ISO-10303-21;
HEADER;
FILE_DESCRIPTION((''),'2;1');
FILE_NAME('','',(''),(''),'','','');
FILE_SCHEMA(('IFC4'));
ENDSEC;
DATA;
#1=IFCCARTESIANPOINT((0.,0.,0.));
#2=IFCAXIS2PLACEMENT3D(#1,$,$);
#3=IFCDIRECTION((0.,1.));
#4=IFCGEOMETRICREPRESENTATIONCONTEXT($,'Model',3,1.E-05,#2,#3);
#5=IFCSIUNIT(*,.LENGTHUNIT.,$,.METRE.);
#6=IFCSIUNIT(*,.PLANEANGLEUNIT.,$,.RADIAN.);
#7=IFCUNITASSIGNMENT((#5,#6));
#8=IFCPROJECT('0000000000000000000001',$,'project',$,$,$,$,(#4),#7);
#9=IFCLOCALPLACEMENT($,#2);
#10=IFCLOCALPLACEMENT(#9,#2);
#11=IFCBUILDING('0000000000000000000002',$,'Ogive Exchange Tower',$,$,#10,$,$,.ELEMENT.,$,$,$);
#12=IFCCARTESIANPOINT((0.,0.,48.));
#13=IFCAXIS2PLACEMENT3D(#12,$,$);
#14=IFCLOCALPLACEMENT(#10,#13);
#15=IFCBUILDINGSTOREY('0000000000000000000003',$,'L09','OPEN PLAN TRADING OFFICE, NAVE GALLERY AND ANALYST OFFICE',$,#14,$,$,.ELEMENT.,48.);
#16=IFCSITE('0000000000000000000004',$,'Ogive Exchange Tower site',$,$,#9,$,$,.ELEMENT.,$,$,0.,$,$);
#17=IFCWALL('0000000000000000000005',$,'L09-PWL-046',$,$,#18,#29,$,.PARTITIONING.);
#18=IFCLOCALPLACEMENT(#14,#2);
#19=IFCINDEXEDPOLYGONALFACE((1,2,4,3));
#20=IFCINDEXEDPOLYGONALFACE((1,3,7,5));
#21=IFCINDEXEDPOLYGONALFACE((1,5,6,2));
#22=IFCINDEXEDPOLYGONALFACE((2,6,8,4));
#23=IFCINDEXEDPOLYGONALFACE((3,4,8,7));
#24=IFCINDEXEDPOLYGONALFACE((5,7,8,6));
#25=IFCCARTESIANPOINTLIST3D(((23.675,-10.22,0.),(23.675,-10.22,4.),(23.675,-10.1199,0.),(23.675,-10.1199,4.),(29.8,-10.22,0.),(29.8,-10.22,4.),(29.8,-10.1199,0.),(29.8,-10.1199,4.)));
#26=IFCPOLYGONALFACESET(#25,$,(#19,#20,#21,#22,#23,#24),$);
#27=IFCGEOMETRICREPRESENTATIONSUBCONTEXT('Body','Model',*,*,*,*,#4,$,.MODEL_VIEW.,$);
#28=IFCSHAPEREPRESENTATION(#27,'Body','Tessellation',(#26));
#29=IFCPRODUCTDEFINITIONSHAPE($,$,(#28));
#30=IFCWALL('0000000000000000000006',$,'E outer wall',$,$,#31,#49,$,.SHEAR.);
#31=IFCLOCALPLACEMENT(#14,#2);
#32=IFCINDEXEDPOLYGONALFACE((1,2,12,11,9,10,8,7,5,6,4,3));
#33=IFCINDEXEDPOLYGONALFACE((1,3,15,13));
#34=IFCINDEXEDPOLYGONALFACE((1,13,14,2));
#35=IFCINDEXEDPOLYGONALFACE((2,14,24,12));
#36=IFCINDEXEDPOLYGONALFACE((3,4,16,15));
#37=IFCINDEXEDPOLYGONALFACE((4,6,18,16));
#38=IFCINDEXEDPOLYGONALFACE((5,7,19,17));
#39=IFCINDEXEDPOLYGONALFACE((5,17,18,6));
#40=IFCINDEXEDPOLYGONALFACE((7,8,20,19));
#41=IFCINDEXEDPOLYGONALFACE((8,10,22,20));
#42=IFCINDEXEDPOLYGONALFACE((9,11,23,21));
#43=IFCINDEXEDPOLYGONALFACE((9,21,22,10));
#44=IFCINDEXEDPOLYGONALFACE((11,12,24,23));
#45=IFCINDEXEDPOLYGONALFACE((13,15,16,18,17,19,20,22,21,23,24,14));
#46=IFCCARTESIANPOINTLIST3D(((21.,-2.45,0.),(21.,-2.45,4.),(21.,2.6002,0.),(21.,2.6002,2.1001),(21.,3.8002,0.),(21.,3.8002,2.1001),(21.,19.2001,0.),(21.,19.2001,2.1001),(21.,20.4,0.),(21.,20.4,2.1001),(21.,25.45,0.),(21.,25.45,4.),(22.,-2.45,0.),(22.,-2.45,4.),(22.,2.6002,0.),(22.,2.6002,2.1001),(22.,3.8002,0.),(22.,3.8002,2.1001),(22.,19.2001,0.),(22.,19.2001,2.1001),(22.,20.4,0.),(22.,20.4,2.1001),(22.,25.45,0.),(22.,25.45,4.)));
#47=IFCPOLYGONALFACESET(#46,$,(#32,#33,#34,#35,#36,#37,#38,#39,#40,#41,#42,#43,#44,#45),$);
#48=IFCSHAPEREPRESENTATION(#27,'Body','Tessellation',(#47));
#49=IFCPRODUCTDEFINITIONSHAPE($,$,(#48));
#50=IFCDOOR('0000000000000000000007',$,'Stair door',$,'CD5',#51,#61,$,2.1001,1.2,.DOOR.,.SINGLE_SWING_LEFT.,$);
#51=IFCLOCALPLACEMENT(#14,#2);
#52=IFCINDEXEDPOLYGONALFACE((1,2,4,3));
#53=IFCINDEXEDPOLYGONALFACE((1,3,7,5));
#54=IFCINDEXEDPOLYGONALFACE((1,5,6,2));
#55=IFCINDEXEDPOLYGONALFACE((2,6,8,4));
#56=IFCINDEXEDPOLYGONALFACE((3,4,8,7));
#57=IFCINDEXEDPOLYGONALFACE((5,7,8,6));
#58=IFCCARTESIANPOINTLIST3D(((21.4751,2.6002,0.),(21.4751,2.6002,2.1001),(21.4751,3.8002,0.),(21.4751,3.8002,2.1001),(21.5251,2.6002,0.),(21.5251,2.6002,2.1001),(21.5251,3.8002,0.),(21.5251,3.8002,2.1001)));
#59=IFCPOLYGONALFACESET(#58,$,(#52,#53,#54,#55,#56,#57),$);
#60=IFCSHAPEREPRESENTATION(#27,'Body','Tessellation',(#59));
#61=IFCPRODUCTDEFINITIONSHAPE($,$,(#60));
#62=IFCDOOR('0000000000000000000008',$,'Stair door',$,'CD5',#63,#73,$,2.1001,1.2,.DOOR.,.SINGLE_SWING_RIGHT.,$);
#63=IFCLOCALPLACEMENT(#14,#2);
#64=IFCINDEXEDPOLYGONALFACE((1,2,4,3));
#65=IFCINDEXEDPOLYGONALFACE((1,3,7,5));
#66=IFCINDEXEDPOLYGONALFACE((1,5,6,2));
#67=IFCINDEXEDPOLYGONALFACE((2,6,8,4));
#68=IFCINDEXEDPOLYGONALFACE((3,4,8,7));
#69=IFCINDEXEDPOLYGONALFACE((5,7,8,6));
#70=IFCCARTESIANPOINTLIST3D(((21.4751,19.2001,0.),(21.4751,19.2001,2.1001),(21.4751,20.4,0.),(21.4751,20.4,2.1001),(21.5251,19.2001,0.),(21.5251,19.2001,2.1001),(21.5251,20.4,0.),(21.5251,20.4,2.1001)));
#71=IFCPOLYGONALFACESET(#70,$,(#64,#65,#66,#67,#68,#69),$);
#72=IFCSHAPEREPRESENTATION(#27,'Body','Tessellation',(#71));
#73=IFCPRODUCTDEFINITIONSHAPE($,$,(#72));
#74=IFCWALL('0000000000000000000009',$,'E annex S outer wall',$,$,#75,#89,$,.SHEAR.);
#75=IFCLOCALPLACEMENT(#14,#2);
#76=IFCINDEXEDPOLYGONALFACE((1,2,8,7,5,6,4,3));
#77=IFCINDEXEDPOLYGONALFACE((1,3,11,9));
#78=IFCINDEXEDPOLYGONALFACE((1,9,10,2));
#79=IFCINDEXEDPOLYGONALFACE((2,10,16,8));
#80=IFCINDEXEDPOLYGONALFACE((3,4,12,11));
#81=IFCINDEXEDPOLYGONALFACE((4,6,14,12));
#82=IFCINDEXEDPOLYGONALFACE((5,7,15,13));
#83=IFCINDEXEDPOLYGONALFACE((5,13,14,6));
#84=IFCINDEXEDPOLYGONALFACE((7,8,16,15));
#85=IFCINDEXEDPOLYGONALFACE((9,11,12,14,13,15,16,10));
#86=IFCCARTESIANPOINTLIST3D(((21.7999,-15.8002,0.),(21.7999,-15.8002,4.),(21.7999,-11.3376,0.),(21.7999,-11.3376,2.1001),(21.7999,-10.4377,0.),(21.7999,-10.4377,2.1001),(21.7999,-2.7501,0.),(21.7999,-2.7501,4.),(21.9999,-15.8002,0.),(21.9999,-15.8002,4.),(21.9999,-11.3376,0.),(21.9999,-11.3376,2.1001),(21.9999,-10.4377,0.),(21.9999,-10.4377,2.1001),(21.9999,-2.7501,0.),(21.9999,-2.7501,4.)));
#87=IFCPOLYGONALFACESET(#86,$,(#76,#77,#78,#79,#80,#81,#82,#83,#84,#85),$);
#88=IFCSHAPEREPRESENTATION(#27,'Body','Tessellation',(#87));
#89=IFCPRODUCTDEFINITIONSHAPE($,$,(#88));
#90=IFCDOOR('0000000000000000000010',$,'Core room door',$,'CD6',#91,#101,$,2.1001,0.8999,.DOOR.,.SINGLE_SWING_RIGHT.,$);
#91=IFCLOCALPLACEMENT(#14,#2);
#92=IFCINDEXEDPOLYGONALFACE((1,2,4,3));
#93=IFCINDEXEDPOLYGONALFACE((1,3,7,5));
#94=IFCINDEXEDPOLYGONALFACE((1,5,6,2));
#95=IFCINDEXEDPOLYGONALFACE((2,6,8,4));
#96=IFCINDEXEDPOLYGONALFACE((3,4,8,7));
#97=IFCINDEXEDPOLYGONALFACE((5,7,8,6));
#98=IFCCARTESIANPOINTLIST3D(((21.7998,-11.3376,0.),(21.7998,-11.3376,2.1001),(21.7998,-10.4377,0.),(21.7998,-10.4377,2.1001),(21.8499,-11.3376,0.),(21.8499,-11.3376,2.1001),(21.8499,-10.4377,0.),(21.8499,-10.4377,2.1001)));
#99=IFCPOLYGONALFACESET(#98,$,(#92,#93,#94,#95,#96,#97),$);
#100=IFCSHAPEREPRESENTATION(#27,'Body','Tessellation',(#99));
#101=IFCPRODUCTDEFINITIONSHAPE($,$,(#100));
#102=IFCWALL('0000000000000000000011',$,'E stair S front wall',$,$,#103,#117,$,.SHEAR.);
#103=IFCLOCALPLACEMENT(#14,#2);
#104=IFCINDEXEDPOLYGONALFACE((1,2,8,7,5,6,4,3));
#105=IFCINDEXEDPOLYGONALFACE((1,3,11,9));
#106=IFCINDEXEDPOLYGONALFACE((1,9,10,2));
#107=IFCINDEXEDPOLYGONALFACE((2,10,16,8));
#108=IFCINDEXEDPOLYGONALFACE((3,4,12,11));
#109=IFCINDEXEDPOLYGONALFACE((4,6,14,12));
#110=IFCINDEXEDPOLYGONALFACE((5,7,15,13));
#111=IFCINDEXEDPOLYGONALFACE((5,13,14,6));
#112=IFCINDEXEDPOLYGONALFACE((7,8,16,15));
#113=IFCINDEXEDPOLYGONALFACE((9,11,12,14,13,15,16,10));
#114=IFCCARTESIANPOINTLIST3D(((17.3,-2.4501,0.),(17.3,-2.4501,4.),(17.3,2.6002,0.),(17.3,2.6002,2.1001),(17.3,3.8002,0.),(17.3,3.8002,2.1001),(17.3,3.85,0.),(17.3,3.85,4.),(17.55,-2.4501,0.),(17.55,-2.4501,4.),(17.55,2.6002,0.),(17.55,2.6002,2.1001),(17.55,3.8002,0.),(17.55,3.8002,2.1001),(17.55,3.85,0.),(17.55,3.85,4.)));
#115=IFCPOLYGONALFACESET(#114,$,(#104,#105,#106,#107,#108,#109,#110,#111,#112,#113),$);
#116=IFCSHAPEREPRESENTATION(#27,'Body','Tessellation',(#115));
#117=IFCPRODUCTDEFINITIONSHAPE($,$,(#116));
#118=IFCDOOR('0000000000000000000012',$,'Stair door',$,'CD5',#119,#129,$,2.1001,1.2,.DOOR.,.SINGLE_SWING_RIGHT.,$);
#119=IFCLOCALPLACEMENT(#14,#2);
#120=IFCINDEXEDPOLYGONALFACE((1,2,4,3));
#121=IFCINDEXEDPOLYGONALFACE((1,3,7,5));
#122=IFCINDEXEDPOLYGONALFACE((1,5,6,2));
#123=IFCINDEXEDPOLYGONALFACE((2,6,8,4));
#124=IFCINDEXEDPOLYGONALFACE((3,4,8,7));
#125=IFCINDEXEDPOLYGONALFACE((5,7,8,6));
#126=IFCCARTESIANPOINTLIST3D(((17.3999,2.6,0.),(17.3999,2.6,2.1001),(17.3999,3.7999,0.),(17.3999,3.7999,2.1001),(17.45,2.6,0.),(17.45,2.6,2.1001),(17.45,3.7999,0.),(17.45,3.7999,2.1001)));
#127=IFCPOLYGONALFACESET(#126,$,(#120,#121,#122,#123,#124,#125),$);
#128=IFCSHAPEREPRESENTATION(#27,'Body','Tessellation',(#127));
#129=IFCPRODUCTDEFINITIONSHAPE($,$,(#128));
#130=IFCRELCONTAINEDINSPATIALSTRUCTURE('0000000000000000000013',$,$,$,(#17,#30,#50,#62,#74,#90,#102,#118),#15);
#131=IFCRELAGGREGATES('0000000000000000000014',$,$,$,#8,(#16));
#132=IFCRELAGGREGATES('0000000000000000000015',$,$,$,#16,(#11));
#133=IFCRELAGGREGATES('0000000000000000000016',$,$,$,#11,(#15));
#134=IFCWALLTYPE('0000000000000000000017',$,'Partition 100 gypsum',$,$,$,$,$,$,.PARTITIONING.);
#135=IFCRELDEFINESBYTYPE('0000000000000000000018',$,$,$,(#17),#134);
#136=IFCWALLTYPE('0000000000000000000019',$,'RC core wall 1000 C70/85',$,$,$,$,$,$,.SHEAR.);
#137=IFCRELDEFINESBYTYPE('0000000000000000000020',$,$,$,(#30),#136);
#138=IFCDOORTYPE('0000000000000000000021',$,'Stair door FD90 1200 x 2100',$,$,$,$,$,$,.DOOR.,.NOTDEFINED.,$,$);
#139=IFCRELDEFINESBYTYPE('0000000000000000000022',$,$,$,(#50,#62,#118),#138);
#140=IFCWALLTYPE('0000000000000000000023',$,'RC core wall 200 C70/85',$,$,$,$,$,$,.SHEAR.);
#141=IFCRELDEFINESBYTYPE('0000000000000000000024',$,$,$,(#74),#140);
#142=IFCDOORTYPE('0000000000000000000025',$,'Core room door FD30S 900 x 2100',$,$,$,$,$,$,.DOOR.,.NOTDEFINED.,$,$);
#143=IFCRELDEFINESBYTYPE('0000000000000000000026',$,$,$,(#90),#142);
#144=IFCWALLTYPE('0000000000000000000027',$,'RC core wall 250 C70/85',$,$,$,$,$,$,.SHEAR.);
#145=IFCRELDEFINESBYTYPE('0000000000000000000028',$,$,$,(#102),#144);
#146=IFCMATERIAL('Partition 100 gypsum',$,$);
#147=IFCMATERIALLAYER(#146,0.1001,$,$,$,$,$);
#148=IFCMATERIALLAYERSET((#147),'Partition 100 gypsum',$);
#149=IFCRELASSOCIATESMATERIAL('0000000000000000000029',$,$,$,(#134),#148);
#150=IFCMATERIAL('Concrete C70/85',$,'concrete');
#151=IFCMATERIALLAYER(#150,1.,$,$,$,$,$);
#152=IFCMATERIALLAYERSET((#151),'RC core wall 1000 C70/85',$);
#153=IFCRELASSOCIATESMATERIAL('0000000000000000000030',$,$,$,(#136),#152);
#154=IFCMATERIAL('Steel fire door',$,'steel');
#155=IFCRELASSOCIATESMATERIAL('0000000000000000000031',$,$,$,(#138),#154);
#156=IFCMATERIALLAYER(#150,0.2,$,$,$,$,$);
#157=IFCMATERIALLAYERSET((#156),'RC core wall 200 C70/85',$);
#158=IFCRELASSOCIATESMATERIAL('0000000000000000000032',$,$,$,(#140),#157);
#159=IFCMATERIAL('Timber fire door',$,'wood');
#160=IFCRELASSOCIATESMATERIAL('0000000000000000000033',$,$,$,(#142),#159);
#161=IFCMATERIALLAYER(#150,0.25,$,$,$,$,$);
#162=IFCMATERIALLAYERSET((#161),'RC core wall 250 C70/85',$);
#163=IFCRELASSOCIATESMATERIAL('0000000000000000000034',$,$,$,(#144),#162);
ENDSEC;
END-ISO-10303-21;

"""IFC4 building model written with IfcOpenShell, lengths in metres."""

from ifc_helpers import new_model, si_unit, direction, frame, frame_2d, origin, place, context, subcontext, project, spatial, rectangle, extrude, material, layer, layer_set, type_object, element, fill, save


model = new_model("IFC4")

# Units and contexts
model_context = context("Model", 3, precision=1e-05, world=origin(), true_north=direction((0.0, 1.0)))
body_context = subcontext(model_context, "Body", "Model", "MODEL_VIEW")
ifc_project = project(units=[si_unit("LENGTHUNIT", "METRE"), si_unit("PLANEANGLEUNIT", "RADIAN")], contexts=[model_context])

# Site, building, storey
site_placement = place(None, origin())
site = spatial("IfcSite", under=ifc_project, at=site_placement, Name="Ogive Exchange Tower site", CompositionType="ELEMENT", RefElevation=0.0)
building_placement = place(site_placement, origin())
building = spatial("IfcBuilding", under=site, at=building_placement, Name="Ogive Exchange Tower", CompositionType="ELEMENT")
storey_placement = place(building_placement, frame((0.0, 0.0, 48.0)))
storey = spatial("IfcBuildingStorey", under=building, at=storey_placement, Name="L09", Description="OPEN PLAN TRADING OFFICE, NAVE GALLERY AND ANALYST OFFICE", CompositionType="ELEMENT", Elevation=48.0)

# Wall
ifc_material_1 = material(Name="Partition 100 gypsum")
ifc_layer_1 = layer(ifc_material_1, 0.1001)
ifc_layer_set_1 = layer_set([ifc_layer_1], Name="Partition 100 gypsum")
wall_type_1 = type_object("IfcWallType", Name="Partition 100 gypsum", PredefinedType="PARTITIONING", material=ifc_layer_set_1)
for number, where, z_axis, x_axis, name in (
    (1, (29.8, -10.1699, 0.0), (0.0, 0.0, 1.0), (-1.0, 0.0, 0.0), "L09-PWL-046"),
):
    element("IfcWall", number, at=place(storey_placement, frame(where, z_axis=z_axis, x_axis=x_axis)), inside=storey, type_object=wall_type_1, Name=name, PredefinedType="PARTITIONING", context=body_context, shape_type="SweptSolid", body=[
        extrude(rectangle(XDim=6.125, YDim=0.1001, at=frame_2d((3.0625, 0.0))), origin(), (0.0, 0.0, 1.0), 4.0),
    ])

# Wall, openings, doors
ifc_material_2 = material(Name="Concrete C70/85", Category="concrete")
ifc_layer_2 = layer(ifc_material_2, 1.0)
ifc_layer_set_2 = layer_set([ifc_layer_2], Name="RC core wall 1000 C70/85")
wall_type_2 = type_object("IfcWallType", Name="RC core wall 1000 C70/85", PredefinedType="SHEAR", material=ifc_layer_set_2)
wall_1_placement = place(storey_placement, frame((21.5, -2.45, 0.0), z_axis=(0.0, 0.0, 1.0), x_axis=(0.0, 1.0, 0.0)))
wall_1 = element("IfcWall", 2, at=wall_1_placement, inside=storey, type_object=wall_type_2, Name="E outer wall", PredefinedType="SHEAR", context=body_context, shape_type="SweptSolid", body=[
    extrude(rectangle(XDim=27.8999, YDim=1.0, at=frame_2d((13.95, 0.0))), origin(), (0.0, 0.0, 1.0), 4.0),
])
opening_1_placement = place(wall_1_placement, frame((5.05, 0.0, 0.0)))
opening_1 = element("IfcOpeningElement", 3, at=opening_1_placement, cuts=wall_1, PredefinedType="OPENING", context=body_context, shape_type="SweptSolid", body=[
    extrude(rectangle(XDim=1.2, YDim=2.1001, at=frame_2d((0.6001, 1.05))), frame((0.0, 0.51, 0.0), z_axis=(0.0, -1.0, 0.0), x_axis=(1.0, 0.0, 0.0)), (0.0, 0.0, 1.0), 1.02),
])
opening_2_placement = place(wall_1_placement, frame((21.6499, 0.0, 0.0)))
opening_2 = element("IfcOpeningElement", 4, at=opening_2_placement, cuts=wall_1, PredefinedType="OPENING", context=body_context, shape_type="SweptSolid", body=[
    extrude(rectangle(XDim=1.2, YDim=2.1001, at=frame_2d((0.6001, 1.05))), frame((0.0, 0.51, 0.0), z_axis=(0.0, -1.0, 0.0), x_axis=(1.0, 0.0, 0.0)), (0.0, 0.0, 1.0), 1.02),
])
ifc_material_3 = material(Name="Steel fire door", Category="steel")
door_type_1 = type_object("IfcDoorType", Name="Stair door FD90 1200 x 2100", OperationType="NOTDEFINED", PredefinedType="DOOR", material=ifc_material_3)
door_1_placement = place(opening_1_placement, origin())
door_1 = element("IfcDoor", 5, at=door_1_placement, inside=storey, type_object=door_type_1, Name="Stair door", ObjectType="CD5", OperationType="SINGLE_SWING_LEFT", OverallHeight=2.1001, OverallWidth=1.2, PredefinedType="DOOR", context=body_context, shape_type="SweptSolid", body=[
    extrude(rectangle(XDim=1.2, YDim=2.1001, at=frame_2d((0.6001, 1.05))), frame((0.0, 0.0249, 0.0), z_axis=(0.0, -1.0, 0.0), x_axis=(1.0, 0.0, 0.0)), (0.0, 0.0, 1.0), 0.05),
])
fill(opening_1, door_1)
door_2_placement = place(opening_2_placement, origin())
door_2 = element("IfcDoor", 6, at=door_2_placement, inside=storey, type_object=door_type_1, Name="Stair door", ObjectType="CD5", OperationType="SINGLE_SWING_RIGHT", OverallHeight=2.1001, OverallWidth=1.2, PredefinedType="DOOR", context=body_context, shape_type="SweptSolid", body=[
    extrude(rectangle(XDim=1.2, YDim=2.1001, at=frame_2d((0.6001, 1.05))), frame((0.0, 0.0249, 0.0), z_axis=(0.0, -1.0, 0.0), x_axis=(1.0, 0.0, 0.0)), (0.0, 0.0, 1.0), 0.05),
])
fill(opening_2, door_2)

# Walls, openings, doors
ifc_layer_3 = layer(ifc_material_2, 0.2)
ifc_layer_set_3 = layer_set([ifc_layer_3], Name="RC core wall 200 C70/85")
wall_type_3 = type_object("IfcWallType", Name="RC core wall 200 C70/85", PredefinedType="SHEAR", material=ifc_layer_set_3)
wall_2_placement = place(storey_placement, frame((21.8999, -15.8, 0.0), z_axis=(0.0, 0.0, 1.0), x_axis=(0.0, 1.0, 0.0)))
wall_2 = element("IfcWall", 7, at=wall_2_placement, inside=storey, type_object=wall_type_3, Name="E annex S outer wall", PredefinedType="SHEAR", context=body_context, shape_type="SweptSolid", body=[
    extrude(rectangle(XDim=13.05, YDim=0.2, at=frame_2d((6.5249, 0.0))), origin(), (0.0, 0.0, 1.0), 4.0),
])
opening_3_placement = place(wall_2_placement, frame((4.4624, 0.0, 0.0)))
opening_3 = element("IfcOpeningElement", 8, at=opening_3_placement, cuts=wall_2, PredefinedType="OPENING", context=body_context, shape_type="SweptSolid", body=[
    extrude(rectangle(XDim=0.8999, YDim=2.1001, at=frame_2d((0.45, 1.05))), frame((0.0, 0.1099, 0.0), z_axis=(0.0, -1.0, 0.0), x_axis=(1.0, 0.0, 0.0)), (0.0, 0.0, 1.0), 0.22),
])
ifc_material_4 = material(Name="Timber fire door", Category="wood")
door_type_2 = type_object("IfcDoorType", Name="Core room door FD30S 900 x 2100", OperationType="NOTDEFINED", PredefinedType="DOOR", material=ifc_material_4)
door_3_placement = place(opening_3_placement, origin())
door_3 = element("IfcDoor", 9, at=door_3_placement, inside=storey, type_object=door_type_2, Name="Core room door", ObjectType="CD6", OperationType="SINGLE_SWING_RIGHT", OverallHeight=2.1001, OverallWidth=0.8999, PredefinedType="DOOR", context=body_context, shape_type="SweptSolid", body=[
    extrude(rectangle(XDim=0.8999, YDim=2.1001, at=frame_2d((0.45, 1.05))), frame((0.0, 0.1001, 0.0), z_axis=(0.0, -1.0, 0.0), x_axis=(1.0, 0.0, 0.0)), (0.0, 0.0, 1.0), 0.05),
])
fill(opening_3, door_3)
ifc_layer_4 = layer(ifc_material_2, 0.25)
ifc_layer_set_4 = layer_set([ifc_layer_4], Name="RC core wall 250 C70/85")
wall_type_4 = type_object("IfcWallType", Name="RC core wall 250 C70/85", PredefinedType="SHEAR", material=ifc_layer_set_4)
wall_3_placement = place(storey_placement, frame((17.425, -2.45, 0.0), z_axis=(0.0, 0.0, 1.0), x_axis=(0.0, 1.0, 0.0)))
wall_3 = element("IfcWall", 10, at=wall_3_placement, inside=storey, type_object=wall_type_4, Name="E stair S front wall", PredefinedType="SHEAR", context=body_context, shape_type="SweptSolid", body=[
    extrude(rectangle(XDim=6.3, YDim=0.25, at=frame_2d((3.1499, 0.0))), origin(), (0.0, 0.0, 1.0), 4.0),
])
opening_4_placement = place(wall_3_placement, frame((5.05, 0.0, 0.0)))
opening_4 = element("IfcOpeningElement", 11, at=opening_4_placement, cuts=wall_3, PredefinedType="OPENING", context=body_context, shape_type="SweptSolid", body=[
    extrude(rectangle(XDim=1.2, YDim=2.1001, at=frame_2d((0.6001, 1.05))), frame((0.0, 0.135, 0.0), z_axis=(0.0, -1.0, 0.0), x_axis=(1.0, 0.0, 0.0)), (0.0, 0.0, 1.0), 0.27),
])
door_4_placement = place(opening_4_placement, frame((1.2, 0.0, 0.0), z_axis=(0.0, 0.0, 1.0), x_axis=(-1.0, 0.0, 0.0)))
door_4 = element("IfcDoor", 12, at=door_4_placement, inside=storey, type_object=door_type_1, Name="Stair door", ObjectType="CD5", OperationType="SINGLE_SWING_RIGHT", OverallHeight=2.1001, OverallWidth=1.2, PredefinedType="DOOR", context=body_context, shape_type="SweptSolid", body=[
    extrude(rectangle(XDim=1.2, YDim=2.1001, at=frame_2d((0.6001, 1.05))), frame((0.0, 0.0249, 0.0), z_axis=(0.0, -1.0, 0.0), x_axis=(1.0, 0.0, 0.0)), (0.0, 0.0, 1.0), 0.05),
])
fill(opening_4, door_4)

save(model, "model.ifc")
